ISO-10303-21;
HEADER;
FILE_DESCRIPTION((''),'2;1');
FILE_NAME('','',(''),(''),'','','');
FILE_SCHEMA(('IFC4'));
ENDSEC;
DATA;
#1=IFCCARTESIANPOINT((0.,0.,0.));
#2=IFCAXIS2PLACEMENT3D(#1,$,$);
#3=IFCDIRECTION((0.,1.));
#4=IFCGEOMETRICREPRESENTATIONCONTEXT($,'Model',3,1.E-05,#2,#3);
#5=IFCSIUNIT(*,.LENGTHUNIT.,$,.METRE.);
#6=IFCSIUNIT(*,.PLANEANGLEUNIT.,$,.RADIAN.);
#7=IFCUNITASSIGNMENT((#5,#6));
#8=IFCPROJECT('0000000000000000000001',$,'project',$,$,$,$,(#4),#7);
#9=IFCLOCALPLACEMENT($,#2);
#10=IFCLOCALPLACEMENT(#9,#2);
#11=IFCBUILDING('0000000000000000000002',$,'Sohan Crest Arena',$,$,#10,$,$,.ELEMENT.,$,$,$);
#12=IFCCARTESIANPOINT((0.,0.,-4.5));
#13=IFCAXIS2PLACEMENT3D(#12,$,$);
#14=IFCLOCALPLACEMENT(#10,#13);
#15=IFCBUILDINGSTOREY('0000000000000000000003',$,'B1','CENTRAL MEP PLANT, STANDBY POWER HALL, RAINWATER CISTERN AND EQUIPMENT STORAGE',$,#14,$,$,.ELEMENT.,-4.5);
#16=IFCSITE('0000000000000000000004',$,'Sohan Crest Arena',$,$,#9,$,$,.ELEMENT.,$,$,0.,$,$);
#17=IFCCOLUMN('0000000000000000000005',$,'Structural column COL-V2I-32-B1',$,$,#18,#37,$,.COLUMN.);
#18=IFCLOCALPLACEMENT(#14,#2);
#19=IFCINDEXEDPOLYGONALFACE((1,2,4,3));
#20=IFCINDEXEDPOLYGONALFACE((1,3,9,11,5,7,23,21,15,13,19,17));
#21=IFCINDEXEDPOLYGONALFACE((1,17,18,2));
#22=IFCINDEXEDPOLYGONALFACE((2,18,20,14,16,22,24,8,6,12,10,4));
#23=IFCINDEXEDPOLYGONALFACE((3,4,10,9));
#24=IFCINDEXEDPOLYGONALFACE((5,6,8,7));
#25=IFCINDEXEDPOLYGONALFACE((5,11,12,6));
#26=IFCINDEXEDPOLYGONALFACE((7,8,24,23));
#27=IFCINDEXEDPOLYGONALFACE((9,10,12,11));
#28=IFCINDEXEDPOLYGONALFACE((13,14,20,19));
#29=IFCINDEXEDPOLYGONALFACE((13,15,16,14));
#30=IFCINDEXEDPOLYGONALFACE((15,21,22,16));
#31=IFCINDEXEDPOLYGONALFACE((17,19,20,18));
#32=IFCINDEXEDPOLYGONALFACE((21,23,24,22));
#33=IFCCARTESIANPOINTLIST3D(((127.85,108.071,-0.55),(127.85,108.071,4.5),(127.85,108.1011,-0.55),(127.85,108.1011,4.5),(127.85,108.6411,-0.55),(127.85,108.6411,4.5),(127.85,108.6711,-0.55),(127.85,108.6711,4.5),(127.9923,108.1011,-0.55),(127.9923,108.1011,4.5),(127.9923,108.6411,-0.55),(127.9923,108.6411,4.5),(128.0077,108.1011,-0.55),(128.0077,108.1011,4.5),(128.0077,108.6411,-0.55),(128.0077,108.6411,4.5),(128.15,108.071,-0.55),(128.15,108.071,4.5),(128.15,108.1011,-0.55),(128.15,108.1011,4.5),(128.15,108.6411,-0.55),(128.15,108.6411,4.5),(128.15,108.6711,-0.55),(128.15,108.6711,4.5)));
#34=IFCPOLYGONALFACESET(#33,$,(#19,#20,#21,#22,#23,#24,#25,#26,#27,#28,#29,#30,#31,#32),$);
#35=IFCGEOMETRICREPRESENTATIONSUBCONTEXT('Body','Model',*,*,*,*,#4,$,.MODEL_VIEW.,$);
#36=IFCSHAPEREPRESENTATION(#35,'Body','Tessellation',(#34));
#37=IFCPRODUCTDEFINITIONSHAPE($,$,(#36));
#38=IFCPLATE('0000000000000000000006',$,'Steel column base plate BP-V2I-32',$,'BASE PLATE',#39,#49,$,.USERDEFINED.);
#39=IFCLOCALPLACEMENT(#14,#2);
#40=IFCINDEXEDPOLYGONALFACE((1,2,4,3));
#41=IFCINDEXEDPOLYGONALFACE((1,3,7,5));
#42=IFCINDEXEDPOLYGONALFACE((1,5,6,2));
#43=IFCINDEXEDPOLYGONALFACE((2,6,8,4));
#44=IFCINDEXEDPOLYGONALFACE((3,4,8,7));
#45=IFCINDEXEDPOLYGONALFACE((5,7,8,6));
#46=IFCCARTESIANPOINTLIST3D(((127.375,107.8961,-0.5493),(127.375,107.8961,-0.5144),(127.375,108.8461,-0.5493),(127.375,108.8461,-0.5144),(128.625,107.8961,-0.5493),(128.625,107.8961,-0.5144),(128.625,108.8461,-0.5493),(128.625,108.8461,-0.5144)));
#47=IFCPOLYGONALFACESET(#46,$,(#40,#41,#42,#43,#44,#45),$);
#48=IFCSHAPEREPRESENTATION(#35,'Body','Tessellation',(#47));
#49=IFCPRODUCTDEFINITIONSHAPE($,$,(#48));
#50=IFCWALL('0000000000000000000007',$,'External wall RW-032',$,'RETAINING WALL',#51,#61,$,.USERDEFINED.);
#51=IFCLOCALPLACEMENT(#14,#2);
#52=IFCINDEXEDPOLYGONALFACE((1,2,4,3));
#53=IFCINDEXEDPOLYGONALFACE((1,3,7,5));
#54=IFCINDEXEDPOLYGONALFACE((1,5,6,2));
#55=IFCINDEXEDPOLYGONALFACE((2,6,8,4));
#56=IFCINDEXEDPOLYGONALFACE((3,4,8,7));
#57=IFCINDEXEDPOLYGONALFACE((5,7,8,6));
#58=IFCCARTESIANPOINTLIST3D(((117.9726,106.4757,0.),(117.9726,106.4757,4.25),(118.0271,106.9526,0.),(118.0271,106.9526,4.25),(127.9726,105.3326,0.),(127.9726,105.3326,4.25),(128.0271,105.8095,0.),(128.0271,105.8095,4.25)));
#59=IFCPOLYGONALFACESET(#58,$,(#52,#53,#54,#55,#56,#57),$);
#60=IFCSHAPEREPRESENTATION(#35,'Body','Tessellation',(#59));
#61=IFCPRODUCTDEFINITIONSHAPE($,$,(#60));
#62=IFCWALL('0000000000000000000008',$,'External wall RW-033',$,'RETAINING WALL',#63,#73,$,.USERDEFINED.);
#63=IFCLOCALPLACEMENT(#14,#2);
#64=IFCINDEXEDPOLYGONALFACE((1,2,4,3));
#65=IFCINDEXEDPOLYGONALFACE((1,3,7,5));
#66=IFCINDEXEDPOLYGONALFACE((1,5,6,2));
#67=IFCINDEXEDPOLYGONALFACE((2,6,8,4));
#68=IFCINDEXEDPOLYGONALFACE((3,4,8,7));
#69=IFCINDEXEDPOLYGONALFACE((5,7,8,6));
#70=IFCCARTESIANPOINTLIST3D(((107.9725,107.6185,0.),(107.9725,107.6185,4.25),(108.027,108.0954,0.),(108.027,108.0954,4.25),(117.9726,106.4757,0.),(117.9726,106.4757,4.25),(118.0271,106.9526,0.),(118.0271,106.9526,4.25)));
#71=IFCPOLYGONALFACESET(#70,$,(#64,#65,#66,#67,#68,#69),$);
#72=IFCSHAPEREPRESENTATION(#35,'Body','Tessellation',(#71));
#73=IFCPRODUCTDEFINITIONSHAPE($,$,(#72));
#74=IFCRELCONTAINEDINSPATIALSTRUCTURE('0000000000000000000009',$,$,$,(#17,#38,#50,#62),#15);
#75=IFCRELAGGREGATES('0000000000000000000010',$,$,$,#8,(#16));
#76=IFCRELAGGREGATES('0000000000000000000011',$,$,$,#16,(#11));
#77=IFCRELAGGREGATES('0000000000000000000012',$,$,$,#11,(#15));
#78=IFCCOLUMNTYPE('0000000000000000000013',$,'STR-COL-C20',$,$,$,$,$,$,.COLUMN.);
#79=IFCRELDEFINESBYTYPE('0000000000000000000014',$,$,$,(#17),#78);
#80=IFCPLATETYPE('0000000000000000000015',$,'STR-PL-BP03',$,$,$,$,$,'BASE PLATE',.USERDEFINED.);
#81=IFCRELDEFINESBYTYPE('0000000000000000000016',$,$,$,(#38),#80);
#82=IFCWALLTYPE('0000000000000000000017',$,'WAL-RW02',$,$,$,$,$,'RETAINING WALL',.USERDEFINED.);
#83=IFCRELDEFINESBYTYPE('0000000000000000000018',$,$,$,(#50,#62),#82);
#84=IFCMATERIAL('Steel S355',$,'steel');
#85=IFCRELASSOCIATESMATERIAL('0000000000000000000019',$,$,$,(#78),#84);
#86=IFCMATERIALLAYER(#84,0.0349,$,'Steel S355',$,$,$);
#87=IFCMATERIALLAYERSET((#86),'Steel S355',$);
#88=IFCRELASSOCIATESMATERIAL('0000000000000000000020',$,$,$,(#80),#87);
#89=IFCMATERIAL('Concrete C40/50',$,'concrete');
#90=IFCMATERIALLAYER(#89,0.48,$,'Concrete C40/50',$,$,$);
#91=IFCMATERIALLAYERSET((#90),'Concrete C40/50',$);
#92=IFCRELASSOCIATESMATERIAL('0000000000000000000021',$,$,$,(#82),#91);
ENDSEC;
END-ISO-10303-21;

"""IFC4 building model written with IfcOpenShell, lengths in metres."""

from ifc_helpers import new_model, si_unit, direction, frame, frame_2d, origin, origin_2d, place, context, subcontext, project, spatial, rectangle, i_section, extrude, material, layer, layer_set, material_profile, profile_set, type_object, element, save


model = new_model("IFC4")

# Units and contexts
model_context = context("Model", 3, precision=1e-05, world=origin(), true_north=direction((0.0, 1.0)))
body_context = subcontext(model_context, "Body", "Model", "MODEL_VIEW")
ifc_project = project(units=[si_unit("LENGTHUNIT", "METRE"), si_unit("PLANEANGLEUNIT", "RADIAN")], contexts=[model_context])

# Site, building, storey
site_placement = place(None, origin())
site = spatial("IfcSite", under=ifc_project, at=site_placement, Name="Sohan Crest Arena", CompositionType="ELEMENT", RefElevation=0.0)
building_placement = place(site_placement, origin())
building = spatial("IfcBuilding", under=site, at=building_placement, Name="Sohan Crest Arena", CompositionType="ELEMENT")
storey_placement = place(building_placement, frame((0.0, 0.0, -4.5)))
storey = spatial("IfcBuildingStorey", under=building, at=storey_placement, Name="B1", Description="CENTRAL MEP PLANT, STANDBY POWER HALL, RAINWATER CISTERN AND EQUIPMENT STORAGE", CompositionType="ELEMENT", Elevation=-4.5)

# Shared definitions
ifc_material_1 = material(Name="Concrete C40/50", Category="concrete")

# Column
ifc_material_2 = material(Name="Steel S355", Category="steel")
ifc_material_profile_1 = material_profile(ifc_material_2, i_section(OverallWidth=0.3, OverallDepth=0.6001, WebThickness=0.0154, FlangeThickness=0.03, at=origin_2d()), Name="HEB 600")
ifc_profile_set_1 = profile_set([ifc_material_profile_1], Name="Steel S355")
column_type_1 = type_object("IfcColumnType", Name="STR-COL-C20", PredefinedType="COLUMN", material=ifc_profile_set_1)
column_1_placement = place(storey_placement, frame((128.0, 108.3711, -0.55), z_axis=(0.0, 0.0, 1.0), x_axis=(1.0, 0.0, 0.0)))
element("IfcColumn", 1, at=column_1_placement, inside=storey, type_object=column_type_1, Name="Structural column COL-V2I-32-B1", PredefinedType="COLUMN", context=body_context, shape_type="SweptSolid", body=[
    extrude(i_section(OverallWidth=0.3, OverallDepth=0.6001, WebThickness=0.0154, FlangeThickness=0.03, at=origin_2d()), origin(), (0.0, 0.0, 1.0), 5.05),
])

# Plate
ifc_layer_1 = layer(ifc_material_2, 0.0349, Name="Steel S355")
ifc_layer_set_1 = layer_set([ifc_layer_1], Name="Steel S355")
plate_type = type_object("IfcPlateType", Name="STR-PL-BP03", ElementType="BASE PLATE", PredefinedType="USERDEFINED", material=ifc_layer_set_1)
plate_placement = place(storey_placement, frame((128.0, 108.3711, -0.5493), z_axis=(0.0, 0.0, 1.0), x_axis=(1.0, 0.0, 0.0)))
element("IfcPlate", 2, at=plate_placement, inside=storey, type_object=plate_type, Name="Steel column base plate BP-V2I-32", ObjectType="BASE PLATE", PredefinedType="USERDEFINED", context=body_context, shape_type="SweptSolid", body=[
    extrude(rectangle(XDim=1.25, YDim=0.95, at=origin_2d()), origin(), (0.0, 0.0, 1.0), 0.0349),
])

# Walls
ifc_layer_2 = layer(ifc_material_1, 0.48, Name="Concrete C40/50")
ifc_layer_set_2 = layer_set([ifc_layer_2], Name="Concrete C40/50")
wall_type = type_object("IfcWallType", Name="WAL-RW02", ElementType="RETAINING WALL", PredefinedType="USERDEFINED", material=ifc_layer_set_2)
for number, where, z_axis, x_axis, name in (
    (3, (128.0, 105.571, 0.0), (0.0, 0.0, 1.0), (-0.99353, 0.113567, 0.0), "External wall RW-032"),
    (4, (118.0, 106.7141, 0.0), (0.0, 0.0, 1.0), (-0.993533, 0.113543, 0.0), "External wall RW-033"),
):
    element("IfcWall", number, at=place(storey_placement, frame(where, z_axis=z_axis, x_axis=x_axis)), inside=storey, type_object=wall_type, Name=name, ObjectType="RETAINING WALL", PredefinedType="USERDEFINED", context=body_context, shape_type="SweptSolid", body=[
        extrude(rectangle(XDim=10.0652, YDim=0.48, at=frame_2d((5.0327, 0.0))), origin(), (0.0, 0.0, 1.0), 4.25),
    ])

save(model, "model.ifc")
